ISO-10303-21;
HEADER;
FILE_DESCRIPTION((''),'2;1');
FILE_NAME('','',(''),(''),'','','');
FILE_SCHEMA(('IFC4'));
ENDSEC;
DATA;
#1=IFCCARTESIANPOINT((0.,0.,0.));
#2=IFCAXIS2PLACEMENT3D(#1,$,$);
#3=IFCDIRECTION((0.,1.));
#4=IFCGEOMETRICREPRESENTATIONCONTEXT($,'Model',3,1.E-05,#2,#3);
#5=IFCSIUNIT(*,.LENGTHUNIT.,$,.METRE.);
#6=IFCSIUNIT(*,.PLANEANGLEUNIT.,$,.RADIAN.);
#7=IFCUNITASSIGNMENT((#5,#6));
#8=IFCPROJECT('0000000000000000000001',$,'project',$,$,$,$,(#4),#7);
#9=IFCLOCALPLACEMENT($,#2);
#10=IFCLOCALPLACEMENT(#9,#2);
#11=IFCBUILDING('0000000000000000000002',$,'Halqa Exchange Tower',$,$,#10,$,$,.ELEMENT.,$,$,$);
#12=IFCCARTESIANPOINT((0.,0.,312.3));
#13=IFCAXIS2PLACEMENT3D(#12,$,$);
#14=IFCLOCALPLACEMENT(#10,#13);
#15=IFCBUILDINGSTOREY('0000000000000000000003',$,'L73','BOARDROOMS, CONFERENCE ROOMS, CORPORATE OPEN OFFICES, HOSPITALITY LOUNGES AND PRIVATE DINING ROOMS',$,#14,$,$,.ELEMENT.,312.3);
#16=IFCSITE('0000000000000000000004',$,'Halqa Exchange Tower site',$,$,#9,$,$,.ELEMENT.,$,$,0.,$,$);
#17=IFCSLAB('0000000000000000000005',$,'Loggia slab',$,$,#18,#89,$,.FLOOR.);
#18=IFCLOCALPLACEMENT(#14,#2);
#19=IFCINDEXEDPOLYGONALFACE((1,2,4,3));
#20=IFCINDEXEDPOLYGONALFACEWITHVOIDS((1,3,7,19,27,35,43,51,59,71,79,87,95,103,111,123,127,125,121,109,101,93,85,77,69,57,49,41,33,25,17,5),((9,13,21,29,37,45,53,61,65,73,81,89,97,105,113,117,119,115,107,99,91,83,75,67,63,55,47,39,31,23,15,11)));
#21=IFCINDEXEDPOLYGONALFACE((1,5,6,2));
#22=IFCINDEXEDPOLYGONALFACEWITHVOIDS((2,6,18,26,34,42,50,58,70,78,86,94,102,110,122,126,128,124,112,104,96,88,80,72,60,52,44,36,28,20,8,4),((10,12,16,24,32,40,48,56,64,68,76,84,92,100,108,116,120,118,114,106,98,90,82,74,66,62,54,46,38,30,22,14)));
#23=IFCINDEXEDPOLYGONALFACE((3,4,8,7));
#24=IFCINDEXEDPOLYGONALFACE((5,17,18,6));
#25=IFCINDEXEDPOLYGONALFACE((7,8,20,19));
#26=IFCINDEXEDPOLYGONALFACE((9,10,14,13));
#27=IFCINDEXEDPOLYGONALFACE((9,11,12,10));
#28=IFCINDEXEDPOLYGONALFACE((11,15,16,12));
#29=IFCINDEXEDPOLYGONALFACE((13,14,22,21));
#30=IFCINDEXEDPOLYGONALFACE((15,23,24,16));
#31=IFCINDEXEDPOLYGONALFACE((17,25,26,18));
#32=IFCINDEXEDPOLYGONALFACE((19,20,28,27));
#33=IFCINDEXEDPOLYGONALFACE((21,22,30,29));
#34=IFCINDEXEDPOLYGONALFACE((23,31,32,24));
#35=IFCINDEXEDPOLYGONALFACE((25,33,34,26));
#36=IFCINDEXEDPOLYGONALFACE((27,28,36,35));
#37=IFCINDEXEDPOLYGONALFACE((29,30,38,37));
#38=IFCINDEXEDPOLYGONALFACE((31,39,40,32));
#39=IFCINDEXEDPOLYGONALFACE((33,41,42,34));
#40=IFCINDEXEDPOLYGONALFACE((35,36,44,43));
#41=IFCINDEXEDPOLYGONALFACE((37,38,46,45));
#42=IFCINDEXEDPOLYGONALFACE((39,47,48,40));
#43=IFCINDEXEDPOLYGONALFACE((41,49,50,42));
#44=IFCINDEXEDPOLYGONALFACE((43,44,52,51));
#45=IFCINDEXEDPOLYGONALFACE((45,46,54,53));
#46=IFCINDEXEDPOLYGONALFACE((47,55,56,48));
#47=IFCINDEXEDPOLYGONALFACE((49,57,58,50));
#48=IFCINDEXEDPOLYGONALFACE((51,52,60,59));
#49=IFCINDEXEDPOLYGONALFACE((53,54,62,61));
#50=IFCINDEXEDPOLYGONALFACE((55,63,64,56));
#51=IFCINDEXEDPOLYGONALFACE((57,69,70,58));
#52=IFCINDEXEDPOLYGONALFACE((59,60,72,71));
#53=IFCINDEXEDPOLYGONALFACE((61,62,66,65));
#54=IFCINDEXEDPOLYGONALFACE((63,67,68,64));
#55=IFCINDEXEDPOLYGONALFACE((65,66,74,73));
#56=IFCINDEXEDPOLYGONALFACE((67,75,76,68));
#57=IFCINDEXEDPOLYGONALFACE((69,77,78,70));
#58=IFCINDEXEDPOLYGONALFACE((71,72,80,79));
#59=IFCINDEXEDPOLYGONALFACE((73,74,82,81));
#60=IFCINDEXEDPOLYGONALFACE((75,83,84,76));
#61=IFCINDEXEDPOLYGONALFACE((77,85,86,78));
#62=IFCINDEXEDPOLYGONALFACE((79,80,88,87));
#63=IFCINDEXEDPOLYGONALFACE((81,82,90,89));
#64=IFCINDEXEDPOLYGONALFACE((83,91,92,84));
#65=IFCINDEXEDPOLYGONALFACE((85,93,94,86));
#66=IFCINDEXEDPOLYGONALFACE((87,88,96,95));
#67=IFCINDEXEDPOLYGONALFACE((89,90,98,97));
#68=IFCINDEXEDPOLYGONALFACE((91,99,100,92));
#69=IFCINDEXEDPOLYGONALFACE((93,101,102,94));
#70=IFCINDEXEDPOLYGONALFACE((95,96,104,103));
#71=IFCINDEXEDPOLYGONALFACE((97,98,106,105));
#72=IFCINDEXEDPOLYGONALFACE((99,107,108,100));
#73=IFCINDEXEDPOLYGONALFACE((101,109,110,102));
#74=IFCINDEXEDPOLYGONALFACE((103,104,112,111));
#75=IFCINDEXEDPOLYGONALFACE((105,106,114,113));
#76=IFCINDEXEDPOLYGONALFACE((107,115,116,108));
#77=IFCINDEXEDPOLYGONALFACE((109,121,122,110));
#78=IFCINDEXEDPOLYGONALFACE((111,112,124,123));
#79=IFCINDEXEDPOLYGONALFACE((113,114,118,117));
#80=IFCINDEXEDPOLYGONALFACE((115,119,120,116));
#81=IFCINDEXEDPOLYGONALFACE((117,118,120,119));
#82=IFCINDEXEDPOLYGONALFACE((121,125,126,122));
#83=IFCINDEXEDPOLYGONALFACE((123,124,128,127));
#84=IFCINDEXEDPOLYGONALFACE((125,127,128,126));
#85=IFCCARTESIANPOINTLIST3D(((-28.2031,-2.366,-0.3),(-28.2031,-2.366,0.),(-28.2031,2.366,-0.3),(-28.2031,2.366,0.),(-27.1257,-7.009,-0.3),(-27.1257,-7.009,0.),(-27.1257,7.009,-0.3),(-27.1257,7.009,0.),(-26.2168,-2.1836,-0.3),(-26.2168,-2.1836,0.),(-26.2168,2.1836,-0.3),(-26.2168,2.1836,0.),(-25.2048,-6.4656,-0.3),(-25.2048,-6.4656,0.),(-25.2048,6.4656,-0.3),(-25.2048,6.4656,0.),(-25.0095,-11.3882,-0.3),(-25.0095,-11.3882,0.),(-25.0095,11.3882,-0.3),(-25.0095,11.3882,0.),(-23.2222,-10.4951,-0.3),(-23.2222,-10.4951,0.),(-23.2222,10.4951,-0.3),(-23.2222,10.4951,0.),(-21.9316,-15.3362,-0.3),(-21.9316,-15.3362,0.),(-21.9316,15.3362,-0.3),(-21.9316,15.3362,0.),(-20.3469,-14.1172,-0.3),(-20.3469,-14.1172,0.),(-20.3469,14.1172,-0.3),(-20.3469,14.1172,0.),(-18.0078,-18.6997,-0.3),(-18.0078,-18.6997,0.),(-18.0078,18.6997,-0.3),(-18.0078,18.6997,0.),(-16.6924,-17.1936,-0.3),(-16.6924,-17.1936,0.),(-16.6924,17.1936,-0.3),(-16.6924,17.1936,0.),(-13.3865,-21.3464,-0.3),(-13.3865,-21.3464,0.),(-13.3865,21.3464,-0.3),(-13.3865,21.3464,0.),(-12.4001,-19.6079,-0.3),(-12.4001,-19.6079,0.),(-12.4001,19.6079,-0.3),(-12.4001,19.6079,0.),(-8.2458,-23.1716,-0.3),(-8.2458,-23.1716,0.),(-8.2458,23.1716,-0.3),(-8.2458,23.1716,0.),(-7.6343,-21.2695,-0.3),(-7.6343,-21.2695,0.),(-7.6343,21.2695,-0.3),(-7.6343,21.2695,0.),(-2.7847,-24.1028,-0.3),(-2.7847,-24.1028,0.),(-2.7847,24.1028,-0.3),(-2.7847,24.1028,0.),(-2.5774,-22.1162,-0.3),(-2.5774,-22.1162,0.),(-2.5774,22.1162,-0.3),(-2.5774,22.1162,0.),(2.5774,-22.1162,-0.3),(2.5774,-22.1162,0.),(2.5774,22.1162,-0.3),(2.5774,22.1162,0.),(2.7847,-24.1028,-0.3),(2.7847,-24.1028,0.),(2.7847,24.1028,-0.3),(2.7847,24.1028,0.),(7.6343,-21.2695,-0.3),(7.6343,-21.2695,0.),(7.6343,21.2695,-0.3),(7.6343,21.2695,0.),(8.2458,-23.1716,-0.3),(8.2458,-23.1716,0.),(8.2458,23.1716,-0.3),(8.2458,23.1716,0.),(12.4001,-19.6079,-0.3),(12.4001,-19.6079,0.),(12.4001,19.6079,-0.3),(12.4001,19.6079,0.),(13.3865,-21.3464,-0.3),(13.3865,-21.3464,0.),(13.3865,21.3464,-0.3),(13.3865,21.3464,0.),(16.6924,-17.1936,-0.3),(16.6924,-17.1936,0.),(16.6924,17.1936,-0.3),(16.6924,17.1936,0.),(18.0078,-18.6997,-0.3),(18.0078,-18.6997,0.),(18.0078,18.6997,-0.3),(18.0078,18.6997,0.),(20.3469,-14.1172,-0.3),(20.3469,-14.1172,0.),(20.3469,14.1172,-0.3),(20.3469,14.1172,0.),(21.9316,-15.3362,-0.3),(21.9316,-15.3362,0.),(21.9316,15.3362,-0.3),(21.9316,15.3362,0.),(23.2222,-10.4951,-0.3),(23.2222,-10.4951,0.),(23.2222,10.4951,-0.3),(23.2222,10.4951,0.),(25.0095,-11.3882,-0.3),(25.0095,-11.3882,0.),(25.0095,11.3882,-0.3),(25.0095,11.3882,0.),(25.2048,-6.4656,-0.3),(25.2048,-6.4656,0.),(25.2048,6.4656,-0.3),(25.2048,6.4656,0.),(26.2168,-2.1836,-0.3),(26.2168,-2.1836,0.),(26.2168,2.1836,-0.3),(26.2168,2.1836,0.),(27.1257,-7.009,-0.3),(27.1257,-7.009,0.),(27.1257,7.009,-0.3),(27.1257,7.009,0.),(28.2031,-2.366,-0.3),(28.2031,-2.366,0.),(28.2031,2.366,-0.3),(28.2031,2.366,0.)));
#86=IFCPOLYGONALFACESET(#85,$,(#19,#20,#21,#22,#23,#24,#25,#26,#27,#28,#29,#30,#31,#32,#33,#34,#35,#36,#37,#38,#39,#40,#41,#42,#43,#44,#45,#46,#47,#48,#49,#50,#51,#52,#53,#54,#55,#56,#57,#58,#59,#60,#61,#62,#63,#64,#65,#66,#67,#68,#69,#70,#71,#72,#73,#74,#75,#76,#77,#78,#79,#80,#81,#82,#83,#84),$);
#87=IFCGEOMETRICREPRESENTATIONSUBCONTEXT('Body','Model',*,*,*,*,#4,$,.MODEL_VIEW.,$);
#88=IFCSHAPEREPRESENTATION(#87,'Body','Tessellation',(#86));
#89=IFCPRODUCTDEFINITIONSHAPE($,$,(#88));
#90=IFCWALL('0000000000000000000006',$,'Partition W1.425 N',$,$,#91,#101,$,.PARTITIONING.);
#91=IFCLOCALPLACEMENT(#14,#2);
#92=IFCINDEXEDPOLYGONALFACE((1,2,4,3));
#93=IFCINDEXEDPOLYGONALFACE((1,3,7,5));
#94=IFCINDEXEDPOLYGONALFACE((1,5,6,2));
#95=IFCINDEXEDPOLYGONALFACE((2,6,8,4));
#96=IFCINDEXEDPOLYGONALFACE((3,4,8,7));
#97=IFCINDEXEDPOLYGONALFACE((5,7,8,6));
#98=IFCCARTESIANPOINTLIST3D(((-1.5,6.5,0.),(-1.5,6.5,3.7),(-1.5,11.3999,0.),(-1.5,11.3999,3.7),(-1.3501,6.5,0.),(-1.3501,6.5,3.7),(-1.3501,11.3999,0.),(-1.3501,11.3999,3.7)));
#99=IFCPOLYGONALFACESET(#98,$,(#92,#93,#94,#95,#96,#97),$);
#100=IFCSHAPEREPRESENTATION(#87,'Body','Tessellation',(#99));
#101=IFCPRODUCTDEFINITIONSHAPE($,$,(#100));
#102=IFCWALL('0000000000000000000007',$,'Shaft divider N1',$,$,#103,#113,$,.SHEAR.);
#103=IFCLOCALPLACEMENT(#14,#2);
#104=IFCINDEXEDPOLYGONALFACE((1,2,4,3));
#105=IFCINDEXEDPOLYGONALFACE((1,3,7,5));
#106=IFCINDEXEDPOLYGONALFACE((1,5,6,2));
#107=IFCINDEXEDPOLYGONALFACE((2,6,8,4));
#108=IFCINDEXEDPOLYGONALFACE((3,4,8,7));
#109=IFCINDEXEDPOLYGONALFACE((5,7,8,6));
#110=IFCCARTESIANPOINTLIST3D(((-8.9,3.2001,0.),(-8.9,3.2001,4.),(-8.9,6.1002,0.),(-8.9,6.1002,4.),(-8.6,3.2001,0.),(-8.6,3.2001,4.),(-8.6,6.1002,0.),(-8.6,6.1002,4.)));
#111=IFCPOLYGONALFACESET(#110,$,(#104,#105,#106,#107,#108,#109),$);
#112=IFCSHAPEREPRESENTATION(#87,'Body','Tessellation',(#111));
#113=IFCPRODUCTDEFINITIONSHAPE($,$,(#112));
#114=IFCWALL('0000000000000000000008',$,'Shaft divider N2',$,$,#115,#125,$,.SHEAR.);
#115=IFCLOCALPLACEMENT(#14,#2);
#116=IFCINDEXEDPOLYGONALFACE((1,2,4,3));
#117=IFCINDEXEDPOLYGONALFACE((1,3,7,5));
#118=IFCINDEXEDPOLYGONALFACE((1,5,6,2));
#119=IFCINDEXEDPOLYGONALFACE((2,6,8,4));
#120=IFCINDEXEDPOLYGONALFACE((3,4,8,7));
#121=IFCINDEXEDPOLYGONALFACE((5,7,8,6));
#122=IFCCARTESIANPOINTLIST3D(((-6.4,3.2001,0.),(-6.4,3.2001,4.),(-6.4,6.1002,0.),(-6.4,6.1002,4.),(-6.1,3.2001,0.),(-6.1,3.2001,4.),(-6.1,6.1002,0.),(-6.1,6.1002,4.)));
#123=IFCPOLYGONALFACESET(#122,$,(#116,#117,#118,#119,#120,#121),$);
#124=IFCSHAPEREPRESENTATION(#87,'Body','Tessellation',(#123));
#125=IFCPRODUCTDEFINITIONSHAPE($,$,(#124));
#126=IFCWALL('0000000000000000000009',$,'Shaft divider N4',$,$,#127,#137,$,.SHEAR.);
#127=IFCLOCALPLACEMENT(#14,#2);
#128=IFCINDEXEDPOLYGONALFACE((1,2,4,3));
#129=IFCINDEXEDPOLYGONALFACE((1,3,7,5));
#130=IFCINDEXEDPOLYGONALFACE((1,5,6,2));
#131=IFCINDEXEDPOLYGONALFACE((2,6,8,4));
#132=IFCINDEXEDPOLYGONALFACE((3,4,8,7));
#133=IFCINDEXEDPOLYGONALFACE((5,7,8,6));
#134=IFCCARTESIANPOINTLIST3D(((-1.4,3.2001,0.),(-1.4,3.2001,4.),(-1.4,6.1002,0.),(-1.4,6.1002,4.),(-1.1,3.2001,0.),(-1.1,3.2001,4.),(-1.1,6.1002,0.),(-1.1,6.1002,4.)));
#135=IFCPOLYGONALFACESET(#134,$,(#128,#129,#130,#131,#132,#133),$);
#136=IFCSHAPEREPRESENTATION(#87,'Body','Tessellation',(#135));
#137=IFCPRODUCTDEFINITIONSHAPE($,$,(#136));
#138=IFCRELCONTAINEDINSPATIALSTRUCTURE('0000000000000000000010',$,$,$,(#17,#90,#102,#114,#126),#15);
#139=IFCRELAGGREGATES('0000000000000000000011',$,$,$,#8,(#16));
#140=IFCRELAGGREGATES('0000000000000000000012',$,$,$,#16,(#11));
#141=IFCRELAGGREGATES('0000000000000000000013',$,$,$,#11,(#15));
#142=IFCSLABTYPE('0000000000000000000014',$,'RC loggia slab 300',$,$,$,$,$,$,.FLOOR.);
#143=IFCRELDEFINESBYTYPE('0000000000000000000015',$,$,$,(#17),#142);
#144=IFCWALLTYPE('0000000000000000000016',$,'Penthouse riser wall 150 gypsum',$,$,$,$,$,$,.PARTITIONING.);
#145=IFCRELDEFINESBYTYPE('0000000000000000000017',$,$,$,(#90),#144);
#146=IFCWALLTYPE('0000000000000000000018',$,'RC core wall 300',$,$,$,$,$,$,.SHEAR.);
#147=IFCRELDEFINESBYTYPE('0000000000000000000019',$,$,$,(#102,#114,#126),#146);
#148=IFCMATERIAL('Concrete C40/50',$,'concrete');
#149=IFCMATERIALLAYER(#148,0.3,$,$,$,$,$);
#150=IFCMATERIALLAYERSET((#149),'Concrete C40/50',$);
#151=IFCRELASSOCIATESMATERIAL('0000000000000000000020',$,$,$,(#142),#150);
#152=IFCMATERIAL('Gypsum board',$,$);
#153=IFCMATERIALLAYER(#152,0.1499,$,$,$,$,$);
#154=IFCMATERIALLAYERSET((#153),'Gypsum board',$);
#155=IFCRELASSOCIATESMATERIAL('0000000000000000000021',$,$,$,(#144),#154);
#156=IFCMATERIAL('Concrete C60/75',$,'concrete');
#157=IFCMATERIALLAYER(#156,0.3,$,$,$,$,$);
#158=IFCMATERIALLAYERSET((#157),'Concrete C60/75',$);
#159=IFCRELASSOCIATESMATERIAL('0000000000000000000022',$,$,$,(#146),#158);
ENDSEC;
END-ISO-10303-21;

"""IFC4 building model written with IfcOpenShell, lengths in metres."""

from ifc_helpers import new_model, si_unit, direction, frame, frame_2d, origin, place, context, subcontext, project, spatial, polyline, rectangle, outline, extrude, material, layer, layer_set, type_object, element, save


model = new_model("IFC4")

# Units and contexts
model_context = context("Model", 3, precision=1e-05, world=origin(), true_north=direction((0.0, 1.0)))
body_context = subcontext(model_context, "Body", "Model", "MODEL_VIEW")
ifc_project = project(units=[si_unit("LENGTHUNIT", "METRE"), si_unit("PLANEANGLEUNIT", "RADIAN")], contexts=[model_context])

# Site, building, storey
site_placement = place(None, origin())
site = spatial("IfcSite", under=ifc_project, at=site_placement, Name="Halqa Exchange Tower site", CompositionType="ELEMENT", RefElevation=0.0)
building_placement = place(site_placement, origin())
building = spatial("IfcBuilding", under=site, at=building_placement, Name="Halqa Exchange Tower", CompositionType="ELEMENT")
storey_placement = place(building_placement, frame((0.0, 0.0, 312.3)))
storey = spatial("IfcBuildingStorey", under=building, at=storey_placement, Name="L73", Description="BOARDROOMS, CONFERENCE ROOMS, CORPORATE OPEN OFFICES, HOSPITALITY LOUNGES AND PRIVATE DINING ROOMS", CompositionType="ELEMENT", Elevation=312.3)

# Slab
ifc_material_1 = material(Name="Concrete C60/75", Category="concrete")
ifc_material_2 = material(Name="Concrete C40/50", Category="concrete")
ifc_layer_1 = layer(ifc_material_2, 0.3)
ifc_layer_set_1 = layer_set([ifc_layer_1], Name="Concrete C40/50")
slab_type_1 = type_object("IfcSlabType", Name="RC loggia slab 300", PredefinedType="FLOOR", material=ifc_layer_set_1)
slab_1_placement = place(storey_placement, frame((0.0, 0.0, -0.3)))
element("IfcSlab", 1, at=slab_1_placement, inside=storey, type_object=slab_type_1, Name="Loggia slab", PredefinedType="FLOOR", context=body_context, shape_type="SweptSolid", body=[
    extrude(outline(polyline([(28.2031, 2.366), (28.2031, -2.366), (27.1257, -7.009), (25.0095, -11.3882), (21.9316, -15.3362), (18.0078, -18.6997), (13.3865, -21.3464), (8.2458, -23.1716), (2.7847, -24.1028), (-2.7847, -24.1028), (-8.2458, -23.1716), (-13.3865, -21.3464), (-18.0078, -18.6997), (-21.9316, -15.3362), (-25.0095, -11.3882), (-27.1257, -7.009), (-28.2031, -2.366), (-28.2031, 2.366), (-27.1257, 7.009), (-25.0095, 11.3882), (-21.9316, 15.3362), (-18.0078, 18.6997), (-13.3865, 21.3464), (-8.2458, 23.1716), (-2.7847, 24.1028), (2.7847, 24.1028), (8.2458, 23.1716), (13.3865, 21.3464), (18.0078, 18.6997), (21.9316, 15.3362), (25.0095, 11.3882), (27.1257, 7.009), (28.2031, 2.366)]), holes=[polyline([(26.2168, 2.1836), (25.2048, 6.4656), (23.2222, 10.4951), (20.3469, 14.1172), (16.6924, 17.1936), (12.4001, 19.6079), (7.6343, 21.2695), (2.5774, 22.1162), (-2.5774, 22.1162), (-7.6343, 21.2695), (-12.4001, 19.6079), (-16.6924, 17.1936), (-20.3469, 14.1172), (-23.2222, 10.4951), (-25.2048, 6.4656), (-26.2168, 2.1836), (-26.2168, -2.1836), (-25.2048, -6.4656), (-23.2222, -10.4951), (-20.3469, -14.1172), (-16.6924, -17.1936), (-12.4001, -19.6079), (-7.6343, -21.2695), (-2.5774, -22.1162), (2.5774, -22.1162), (7.6343, -21.2695), (12.4001, -19.6079), (16.6924, -17.1936), (20.3469, -14.1172), (23.2222, -10.4951), (25.2048, -6.4656), (26.2168, -2.1836), (26.2168, 2.1836)])]), origin(), (0.0, 0.0, 1.0), 0.3),
])

# Walls
ifc_material_3 = material(Name="Gypsum board")
ifc_layer_2 = layer(ifc_material_3, 0.1499)
ifc_layer_set_2 = layer_set([ifc_layer_2], Name="Gypsum board")
wall_type_1 = type_object("IfcWallType", Name="Penthouse riser wall 150 gypsum", PredefinedType="PARTITIONING", material=ifc_layer_set_2)
wall_1_placement = place(storey_placement, frame((-1.425, 6.5, 0.0), z_axis=(0.0, 0.0, 1.0), x_axis=(0.0, 1.0, 0.0)))
element("IfcWall", 2, at=wall_1_placement, inside=storey, type_object=wall_type_1, Name="Partition W1.425 N", PredefinedType="PARTITIONING", context=body_context, shape_type="SweptSolid", body=[
    extrude(rectangle(XDim=4.8999, YDim=0.1499, at=frame_2d((2.45, 0.0))), origin(), (0.0, 0.0, 1.0), 3.7),
])
ifc_layer_3 = layer(ifc_material_1, 0.3)
ifc_layer_set_3 = layer_set([ifc_layer_3], Name="Concrete C60/75")
wall_type_2 = type_object("IfcWallType", Name="RC core wall 300", PredefinedType="SHEAR", material=ifc_layer_set_3)
for number, where, z_axis, x_axis, name in (
    (3, (-8.75, 3.2, 0.0), (0.0, 0.0, 1.0), (0.0, 1.0, 0.0), "Shaft divider N1"),
    (4, (-6.25, 3.2, 0.0), (0.0, 0.0, 1.0), (0.0, 1.0, 0.0), "Shaft divider N2"),
    (5, (-1.25, 3.2, 0.0), (0.0, 0.0, 1.0), (0.0, 1.0, 0.0), "Shaft divider N4"),
):
    element("IfcWall", number, at=place(storey_placement, frame(where, z_axis=z_axis, x_axis=x_axis)), inside=storey, type_object=wall_type_2, Name=name, PredefinedType="SHEAR", context=body_context, shape_type="SweptSolid", body=[
        extrude(rectangle(XDim=2.9001, YDim=0.3, at=frame_2d((1.4502, 0.0))), origin(), (0.0, 0.0, 1.0), 4.0),
    ])

save(model, "model.ifc")
